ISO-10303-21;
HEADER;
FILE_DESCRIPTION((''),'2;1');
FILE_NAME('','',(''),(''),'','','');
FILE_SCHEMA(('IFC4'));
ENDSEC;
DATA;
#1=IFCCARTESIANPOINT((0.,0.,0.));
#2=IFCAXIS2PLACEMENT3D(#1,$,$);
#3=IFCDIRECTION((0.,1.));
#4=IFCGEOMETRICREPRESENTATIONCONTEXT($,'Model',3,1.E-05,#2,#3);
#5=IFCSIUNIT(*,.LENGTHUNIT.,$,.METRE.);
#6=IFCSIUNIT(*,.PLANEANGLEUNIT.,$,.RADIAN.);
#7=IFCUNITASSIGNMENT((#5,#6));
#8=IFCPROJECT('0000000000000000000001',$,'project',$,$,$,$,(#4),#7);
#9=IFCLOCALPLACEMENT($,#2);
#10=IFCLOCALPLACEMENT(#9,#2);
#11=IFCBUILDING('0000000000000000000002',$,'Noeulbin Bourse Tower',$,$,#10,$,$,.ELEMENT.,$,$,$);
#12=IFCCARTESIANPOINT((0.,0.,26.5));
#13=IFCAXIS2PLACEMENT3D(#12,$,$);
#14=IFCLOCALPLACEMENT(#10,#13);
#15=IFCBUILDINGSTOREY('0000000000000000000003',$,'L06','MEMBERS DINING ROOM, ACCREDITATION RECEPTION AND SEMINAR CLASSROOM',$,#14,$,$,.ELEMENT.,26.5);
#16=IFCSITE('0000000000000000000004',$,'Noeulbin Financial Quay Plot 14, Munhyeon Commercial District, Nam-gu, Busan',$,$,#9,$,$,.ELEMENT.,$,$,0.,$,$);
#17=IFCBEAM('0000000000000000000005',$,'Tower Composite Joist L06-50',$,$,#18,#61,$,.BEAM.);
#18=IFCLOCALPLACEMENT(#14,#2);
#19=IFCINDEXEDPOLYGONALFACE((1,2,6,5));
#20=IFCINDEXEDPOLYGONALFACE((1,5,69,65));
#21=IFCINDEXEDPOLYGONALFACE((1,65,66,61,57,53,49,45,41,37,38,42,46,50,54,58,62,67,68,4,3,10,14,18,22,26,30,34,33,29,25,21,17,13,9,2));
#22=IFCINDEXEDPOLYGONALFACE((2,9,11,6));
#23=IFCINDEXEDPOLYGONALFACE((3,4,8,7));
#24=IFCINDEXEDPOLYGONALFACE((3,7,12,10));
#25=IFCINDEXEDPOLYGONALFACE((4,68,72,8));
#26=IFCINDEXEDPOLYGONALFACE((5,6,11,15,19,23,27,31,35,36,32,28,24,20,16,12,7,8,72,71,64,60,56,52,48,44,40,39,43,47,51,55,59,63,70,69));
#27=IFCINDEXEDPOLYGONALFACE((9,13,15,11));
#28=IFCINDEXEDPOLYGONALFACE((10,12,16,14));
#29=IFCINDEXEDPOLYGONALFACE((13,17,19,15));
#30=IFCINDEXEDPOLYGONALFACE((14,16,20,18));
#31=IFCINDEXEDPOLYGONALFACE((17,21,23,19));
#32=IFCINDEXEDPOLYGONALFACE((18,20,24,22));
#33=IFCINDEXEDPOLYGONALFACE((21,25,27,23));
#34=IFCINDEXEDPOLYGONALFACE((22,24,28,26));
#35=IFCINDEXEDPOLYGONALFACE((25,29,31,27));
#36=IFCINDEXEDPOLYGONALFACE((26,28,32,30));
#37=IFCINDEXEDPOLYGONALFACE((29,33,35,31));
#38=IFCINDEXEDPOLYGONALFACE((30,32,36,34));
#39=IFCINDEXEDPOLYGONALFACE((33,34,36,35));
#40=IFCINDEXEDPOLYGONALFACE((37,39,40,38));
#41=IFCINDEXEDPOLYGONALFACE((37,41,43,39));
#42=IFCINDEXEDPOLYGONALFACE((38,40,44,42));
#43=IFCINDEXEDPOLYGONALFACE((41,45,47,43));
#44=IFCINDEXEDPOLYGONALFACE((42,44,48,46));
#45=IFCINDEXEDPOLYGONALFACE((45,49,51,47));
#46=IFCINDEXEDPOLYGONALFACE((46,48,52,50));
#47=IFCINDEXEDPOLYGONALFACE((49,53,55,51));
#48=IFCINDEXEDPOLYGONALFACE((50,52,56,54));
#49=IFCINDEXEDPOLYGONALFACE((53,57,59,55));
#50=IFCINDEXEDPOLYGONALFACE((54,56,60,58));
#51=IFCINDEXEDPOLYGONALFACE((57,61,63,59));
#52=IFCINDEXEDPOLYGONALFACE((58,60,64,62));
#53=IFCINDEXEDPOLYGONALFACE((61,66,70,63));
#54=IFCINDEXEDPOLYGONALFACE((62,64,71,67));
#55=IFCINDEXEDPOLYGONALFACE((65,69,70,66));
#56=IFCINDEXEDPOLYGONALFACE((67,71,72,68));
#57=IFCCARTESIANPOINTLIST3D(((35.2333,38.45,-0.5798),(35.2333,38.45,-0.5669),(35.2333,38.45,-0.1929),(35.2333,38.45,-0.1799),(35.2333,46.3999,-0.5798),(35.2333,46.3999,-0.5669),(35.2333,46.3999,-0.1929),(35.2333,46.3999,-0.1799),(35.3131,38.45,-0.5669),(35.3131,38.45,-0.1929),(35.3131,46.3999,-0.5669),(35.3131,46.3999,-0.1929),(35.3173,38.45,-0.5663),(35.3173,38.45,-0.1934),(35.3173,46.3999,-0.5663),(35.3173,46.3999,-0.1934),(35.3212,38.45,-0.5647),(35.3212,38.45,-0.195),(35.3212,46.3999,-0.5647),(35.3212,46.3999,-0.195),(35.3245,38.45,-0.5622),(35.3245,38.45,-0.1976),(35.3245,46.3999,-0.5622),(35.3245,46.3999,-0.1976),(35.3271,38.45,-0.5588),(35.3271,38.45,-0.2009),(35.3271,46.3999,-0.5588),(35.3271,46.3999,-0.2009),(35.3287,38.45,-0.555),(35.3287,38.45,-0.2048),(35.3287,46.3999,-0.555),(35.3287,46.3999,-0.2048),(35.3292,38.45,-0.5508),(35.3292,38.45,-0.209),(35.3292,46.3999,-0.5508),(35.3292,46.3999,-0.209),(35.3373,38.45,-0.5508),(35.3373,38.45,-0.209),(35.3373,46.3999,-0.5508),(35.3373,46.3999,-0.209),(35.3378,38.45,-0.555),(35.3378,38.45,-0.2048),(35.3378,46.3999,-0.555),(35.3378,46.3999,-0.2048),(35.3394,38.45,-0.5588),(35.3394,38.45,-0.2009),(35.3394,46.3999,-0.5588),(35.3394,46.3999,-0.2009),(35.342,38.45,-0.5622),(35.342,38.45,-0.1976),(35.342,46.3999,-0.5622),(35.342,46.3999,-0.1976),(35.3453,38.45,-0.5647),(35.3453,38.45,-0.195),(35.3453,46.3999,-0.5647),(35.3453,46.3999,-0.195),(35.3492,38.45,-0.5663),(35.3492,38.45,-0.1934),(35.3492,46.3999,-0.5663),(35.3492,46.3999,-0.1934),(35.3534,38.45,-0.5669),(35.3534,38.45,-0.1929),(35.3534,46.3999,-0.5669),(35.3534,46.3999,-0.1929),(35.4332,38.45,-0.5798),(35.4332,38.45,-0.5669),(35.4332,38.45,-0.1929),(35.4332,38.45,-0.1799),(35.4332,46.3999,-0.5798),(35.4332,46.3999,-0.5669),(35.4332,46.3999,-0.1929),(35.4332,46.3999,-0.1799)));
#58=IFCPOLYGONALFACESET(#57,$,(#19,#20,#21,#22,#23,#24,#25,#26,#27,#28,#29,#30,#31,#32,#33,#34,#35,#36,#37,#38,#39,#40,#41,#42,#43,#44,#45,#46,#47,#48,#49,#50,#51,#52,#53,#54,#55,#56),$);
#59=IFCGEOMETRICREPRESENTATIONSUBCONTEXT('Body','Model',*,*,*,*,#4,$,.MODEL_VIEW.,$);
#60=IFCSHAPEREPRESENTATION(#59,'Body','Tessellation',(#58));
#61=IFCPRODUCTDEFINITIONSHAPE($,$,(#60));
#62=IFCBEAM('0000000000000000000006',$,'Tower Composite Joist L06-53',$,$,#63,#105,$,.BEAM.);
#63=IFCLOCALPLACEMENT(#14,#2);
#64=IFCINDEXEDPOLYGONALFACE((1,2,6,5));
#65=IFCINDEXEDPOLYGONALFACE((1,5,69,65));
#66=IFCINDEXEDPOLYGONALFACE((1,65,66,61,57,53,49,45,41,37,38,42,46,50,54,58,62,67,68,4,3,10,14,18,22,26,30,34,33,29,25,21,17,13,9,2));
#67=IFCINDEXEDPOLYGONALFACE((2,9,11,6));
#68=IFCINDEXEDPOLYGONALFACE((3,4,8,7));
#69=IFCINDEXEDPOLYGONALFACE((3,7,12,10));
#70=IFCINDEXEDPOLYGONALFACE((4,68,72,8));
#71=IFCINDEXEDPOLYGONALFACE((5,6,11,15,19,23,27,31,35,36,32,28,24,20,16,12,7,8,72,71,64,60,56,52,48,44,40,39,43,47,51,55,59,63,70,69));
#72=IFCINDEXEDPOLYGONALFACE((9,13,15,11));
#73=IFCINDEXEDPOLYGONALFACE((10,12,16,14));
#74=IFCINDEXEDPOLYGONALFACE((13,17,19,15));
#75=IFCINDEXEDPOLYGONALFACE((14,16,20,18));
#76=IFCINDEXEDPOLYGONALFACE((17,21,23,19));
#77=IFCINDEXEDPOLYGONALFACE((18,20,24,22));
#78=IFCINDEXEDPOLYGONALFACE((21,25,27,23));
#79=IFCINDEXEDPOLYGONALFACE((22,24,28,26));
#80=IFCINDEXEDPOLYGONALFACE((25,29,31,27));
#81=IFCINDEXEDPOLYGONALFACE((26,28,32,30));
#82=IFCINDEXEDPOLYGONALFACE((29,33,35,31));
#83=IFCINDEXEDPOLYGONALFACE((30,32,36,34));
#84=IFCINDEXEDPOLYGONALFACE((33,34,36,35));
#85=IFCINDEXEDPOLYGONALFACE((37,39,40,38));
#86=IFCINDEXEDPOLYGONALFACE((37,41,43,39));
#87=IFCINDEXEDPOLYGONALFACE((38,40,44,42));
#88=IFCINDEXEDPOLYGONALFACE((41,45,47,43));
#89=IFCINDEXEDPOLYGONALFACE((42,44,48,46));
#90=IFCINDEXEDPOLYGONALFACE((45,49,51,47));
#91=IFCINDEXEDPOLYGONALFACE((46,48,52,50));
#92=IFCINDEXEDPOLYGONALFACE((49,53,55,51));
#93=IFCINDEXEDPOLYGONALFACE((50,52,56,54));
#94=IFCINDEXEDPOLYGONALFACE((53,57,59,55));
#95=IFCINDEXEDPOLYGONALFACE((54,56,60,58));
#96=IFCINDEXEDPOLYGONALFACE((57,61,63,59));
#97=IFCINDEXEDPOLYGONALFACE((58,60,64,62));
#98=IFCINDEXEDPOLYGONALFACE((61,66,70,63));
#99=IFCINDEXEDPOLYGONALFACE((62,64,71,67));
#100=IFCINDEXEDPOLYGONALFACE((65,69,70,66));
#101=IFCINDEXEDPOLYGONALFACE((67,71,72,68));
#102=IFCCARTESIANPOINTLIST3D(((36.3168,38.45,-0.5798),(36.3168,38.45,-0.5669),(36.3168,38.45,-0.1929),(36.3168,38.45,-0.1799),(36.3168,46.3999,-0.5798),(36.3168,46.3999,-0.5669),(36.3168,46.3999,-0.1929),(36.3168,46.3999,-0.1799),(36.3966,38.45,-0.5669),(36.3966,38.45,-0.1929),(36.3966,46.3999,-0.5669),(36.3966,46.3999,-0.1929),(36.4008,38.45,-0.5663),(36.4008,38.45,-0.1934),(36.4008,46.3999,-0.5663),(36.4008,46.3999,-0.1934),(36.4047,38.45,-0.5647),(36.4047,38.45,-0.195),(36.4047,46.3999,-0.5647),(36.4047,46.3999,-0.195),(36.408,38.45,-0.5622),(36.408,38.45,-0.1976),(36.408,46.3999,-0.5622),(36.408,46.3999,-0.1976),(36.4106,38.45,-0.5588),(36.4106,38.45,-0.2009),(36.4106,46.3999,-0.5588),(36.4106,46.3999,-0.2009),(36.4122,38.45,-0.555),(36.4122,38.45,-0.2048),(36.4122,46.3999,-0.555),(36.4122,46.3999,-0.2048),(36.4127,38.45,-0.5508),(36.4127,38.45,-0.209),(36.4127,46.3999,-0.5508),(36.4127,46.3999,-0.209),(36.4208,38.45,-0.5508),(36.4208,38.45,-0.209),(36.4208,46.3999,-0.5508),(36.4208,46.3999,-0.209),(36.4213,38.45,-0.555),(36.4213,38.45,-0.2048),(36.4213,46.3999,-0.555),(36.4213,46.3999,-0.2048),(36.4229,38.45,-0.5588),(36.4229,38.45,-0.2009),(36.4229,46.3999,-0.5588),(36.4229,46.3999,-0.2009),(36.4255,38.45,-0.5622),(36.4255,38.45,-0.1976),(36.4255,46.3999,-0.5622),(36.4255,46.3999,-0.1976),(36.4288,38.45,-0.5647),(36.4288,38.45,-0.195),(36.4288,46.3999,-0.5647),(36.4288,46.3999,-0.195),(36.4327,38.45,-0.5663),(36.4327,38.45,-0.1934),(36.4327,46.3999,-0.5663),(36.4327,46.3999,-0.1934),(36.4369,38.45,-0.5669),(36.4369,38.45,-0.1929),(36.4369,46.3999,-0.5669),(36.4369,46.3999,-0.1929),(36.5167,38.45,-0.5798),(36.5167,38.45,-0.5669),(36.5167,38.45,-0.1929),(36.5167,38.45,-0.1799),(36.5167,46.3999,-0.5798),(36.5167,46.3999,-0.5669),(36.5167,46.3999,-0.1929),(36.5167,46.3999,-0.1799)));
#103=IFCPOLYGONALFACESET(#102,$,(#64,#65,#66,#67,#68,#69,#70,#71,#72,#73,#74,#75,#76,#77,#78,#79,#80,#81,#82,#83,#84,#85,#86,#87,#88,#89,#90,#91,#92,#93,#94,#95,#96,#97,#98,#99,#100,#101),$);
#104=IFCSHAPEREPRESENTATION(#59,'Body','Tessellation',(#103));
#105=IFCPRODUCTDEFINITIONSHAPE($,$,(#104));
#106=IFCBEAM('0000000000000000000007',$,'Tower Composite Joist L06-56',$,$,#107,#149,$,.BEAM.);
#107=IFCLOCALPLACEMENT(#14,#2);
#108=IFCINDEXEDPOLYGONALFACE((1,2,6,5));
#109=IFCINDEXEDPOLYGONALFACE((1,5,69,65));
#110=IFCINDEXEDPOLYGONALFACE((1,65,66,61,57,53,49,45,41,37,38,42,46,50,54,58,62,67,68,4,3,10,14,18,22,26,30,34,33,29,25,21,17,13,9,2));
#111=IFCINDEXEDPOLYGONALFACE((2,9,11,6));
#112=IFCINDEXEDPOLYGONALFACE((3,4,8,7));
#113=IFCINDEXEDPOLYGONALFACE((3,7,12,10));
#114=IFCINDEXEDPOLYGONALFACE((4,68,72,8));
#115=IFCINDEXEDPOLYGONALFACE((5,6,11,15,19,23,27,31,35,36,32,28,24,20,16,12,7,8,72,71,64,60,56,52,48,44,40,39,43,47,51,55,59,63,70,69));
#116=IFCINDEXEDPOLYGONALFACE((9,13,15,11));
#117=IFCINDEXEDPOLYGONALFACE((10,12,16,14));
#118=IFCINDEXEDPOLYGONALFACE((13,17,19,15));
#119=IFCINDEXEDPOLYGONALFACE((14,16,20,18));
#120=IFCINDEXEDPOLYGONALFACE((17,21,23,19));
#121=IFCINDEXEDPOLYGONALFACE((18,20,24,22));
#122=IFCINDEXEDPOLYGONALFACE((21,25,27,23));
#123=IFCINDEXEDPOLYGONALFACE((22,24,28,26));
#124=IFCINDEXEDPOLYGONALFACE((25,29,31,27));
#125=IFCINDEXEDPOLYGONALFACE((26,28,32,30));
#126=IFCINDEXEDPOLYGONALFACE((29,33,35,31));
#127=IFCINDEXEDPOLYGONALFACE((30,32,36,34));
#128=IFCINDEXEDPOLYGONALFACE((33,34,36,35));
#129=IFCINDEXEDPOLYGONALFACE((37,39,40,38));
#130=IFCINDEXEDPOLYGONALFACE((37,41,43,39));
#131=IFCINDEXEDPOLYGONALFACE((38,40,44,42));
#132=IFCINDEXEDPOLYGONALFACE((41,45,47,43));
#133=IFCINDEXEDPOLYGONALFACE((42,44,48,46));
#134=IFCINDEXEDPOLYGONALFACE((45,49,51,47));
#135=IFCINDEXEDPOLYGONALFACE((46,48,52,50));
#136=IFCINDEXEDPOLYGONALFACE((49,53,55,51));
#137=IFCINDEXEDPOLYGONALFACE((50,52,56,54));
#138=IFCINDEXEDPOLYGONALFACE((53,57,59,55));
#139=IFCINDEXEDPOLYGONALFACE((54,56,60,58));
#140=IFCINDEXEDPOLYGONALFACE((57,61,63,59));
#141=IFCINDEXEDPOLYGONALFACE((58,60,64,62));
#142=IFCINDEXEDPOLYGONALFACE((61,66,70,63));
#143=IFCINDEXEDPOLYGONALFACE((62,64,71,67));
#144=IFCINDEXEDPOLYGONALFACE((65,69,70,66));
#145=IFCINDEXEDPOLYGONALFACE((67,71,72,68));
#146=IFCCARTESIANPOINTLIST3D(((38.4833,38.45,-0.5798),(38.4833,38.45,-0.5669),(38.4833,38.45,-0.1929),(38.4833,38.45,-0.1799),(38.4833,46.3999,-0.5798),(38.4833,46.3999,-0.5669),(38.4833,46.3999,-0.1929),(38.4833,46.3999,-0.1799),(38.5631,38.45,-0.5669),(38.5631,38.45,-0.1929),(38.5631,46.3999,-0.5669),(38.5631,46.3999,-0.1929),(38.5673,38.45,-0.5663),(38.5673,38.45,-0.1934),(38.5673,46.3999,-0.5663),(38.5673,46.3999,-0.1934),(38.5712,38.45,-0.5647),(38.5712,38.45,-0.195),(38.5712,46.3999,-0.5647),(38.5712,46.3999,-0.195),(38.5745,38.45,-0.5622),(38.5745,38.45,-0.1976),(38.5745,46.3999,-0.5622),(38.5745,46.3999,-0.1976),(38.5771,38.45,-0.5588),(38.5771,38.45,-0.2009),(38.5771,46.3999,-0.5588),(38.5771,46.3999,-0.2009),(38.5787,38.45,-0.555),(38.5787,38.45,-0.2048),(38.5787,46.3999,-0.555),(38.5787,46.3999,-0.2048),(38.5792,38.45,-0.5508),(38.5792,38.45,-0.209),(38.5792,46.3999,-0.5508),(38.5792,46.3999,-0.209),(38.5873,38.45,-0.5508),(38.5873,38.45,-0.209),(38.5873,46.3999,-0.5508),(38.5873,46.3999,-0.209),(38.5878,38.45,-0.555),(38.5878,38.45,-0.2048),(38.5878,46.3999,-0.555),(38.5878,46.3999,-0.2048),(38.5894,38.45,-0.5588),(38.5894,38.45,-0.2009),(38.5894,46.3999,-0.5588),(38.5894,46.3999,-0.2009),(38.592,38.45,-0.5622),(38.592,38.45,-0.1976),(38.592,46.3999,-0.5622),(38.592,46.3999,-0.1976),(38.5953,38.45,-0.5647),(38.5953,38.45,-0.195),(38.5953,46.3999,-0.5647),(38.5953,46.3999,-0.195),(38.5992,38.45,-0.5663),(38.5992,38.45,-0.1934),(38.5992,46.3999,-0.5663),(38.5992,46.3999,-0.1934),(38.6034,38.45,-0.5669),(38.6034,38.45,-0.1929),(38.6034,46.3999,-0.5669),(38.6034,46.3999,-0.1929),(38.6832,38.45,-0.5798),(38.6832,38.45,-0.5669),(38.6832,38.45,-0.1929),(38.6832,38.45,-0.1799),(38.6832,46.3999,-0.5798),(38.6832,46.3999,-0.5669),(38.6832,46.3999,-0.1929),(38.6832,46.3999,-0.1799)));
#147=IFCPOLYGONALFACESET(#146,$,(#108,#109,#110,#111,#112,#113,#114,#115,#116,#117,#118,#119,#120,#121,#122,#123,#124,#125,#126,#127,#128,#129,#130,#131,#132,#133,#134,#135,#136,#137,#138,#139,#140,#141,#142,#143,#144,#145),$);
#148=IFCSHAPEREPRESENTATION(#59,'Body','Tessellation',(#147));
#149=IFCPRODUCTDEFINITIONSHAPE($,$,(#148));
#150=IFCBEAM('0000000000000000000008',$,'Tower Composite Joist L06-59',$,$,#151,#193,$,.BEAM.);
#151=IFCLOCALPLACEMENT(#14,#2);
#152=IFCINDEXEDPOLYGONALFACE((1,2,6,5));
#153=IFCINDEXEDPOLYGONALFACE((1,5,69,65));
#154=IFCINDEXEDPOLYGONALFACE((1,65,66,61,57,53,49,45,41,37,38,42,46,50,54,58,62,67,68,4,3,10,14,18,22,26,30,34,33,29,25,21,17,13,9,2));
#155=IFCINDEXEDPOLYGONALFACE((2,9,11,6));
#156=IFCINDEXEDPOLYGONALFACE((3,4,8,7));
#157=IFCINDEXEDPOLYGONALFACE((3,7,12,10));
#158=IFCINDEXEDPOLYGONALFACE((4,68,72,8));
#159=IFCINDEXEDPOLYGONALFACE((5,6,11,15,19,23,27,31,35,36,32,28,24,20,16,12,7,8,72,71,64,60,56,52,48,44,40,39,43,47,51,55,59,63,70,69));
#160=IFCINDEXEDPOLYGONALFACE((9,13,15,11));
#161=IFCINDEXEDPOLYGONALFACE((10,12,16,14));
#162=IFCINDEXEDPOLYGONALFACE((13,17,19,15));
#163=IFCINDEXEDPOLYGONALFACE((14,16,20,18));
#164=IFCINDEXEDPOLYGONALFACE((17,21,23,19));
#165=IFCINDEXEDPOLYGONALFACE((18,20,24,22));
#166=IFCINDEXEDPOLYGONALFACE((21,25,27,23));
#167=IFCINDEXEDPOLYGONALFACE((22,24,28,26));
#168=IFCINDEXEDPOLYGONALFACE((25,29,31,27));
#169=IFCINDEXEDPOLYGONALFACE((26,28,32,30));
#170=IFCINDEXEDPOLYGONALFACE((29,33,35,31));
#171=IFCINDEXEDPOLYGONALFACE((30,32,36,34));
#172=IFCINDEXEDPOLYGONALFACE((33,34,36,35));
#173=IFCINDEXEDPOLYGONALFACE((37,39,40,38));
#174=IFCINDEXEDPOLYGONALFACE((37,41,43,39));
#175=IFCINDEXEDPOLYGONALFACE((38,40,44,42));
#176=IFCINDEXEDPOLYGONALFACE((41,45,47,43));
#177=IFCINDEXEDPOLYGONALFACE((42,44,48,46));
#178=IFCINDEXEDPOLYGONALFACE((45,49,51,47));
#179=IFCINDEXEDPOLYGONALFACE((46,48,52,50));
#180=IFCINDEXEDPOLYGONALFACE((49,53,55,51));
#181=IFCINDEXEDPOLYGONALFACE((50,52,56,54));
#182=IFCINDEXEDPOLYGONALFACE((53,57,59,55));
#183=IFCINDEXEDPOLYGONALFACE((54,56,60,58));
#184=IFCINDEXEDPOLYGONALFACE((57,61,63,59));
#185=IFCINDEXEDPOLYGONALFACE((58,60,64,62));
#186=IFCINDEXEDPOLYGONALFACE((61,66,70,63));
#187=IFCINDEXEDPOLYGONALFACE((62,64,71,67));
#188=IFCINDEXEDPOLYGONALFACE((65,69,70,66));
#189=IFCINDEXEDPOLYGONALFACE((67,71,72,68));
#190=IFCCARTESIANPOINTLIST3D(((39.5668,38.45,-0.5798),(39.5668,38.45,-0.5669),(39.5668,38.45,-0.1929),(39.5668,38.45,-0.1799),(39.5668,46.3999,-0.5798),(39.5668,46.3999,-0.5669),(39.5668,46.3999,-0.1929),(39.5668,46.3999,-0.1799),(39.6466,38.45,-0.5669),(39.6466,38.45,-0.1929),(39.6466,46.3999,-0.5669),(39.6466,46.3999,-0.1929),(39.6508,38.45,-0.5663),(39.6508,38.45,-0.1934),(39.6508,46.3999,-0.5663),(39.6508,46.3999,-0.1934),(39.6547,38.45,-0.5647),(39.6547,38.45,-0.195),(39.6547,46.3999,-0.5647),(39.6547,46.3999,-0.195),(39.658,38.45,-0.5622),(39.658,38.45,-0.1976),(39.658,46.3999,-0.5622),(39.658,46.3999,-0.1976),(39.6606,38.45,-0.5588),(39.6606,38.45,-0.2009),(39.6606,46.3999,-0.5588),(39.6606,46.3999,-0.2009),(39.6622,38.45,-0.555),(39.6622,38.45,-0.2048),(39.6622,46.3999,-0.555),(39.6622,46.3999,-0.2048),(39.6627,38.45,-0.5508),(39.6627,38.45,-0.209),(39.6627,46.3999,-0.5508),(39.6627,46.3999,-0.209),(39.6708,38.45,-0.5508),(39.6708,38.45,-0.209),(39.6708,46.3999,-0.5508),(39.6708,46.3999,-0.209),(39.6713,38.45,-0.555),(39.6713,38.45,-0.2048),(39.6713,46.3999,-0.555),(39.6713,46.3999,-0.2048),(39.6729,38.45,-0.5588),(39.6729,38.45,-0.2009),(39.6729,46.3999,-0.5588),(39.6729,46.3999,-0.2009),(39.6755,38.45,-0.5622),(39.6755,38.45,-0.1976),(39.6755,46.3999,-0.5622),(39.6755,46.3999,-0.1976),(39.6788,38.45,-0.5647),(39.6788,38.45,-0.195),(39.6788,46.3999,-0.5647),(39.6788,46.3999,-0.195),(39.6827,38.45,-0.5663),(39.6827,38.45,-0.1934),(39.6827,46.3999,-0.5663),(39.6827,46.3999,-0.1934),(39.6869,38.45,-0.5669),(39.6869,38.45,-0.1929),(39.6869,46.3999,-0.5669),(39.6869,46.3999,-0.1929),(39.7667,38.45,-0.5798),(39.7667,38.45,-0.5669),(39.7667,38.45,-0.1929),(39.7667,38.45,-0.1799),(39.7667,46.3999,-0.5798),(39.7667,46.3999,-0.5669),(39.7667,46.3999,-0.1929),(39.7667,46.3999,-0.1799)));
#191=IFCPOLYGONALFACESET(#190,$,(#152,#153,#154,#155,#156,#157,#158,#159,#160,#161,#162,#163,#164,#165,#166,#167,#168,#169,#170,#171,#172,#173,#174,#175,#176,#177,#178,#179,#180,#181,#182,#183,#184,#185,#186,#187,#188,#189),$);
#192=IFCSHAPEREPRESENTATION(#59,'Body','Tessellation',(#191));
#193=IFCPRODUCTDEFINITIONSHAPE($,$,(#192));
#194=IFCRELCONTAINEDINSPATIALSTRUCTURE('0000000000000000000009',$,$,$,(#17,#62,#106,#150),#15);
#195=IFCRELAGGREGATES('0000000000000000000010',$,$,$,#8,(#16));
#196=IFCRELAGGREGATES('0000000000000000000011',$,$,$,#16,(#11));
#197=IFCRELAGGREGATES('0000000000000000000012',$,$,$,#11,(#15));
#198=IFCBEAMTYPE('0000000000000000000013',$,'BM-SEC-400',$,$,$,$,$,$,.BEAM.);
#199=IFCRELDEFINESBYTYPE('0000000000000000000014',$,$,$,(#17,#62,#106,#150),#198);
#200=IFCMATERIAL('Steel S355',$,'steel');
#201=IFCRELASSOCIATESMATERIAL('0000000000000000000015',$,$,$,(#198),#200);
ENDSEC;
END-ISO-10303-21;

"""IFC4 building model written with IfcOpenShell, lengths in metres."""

from ifc_helpers import new_model, si_unit, direction, frame, origin, origin_2d, place, context, subcontext, project, spatial, i_section, extrude, material, material_profile, profile_set, type_object, element, save


model = new_model("IFC4")

# Units and contexts
model_context = context("Model", 3, precision=1e-05, world=origin(), true_north=direction((0.0, 1.0)))
body_context = subcontext(model_context, "Body", "Model", "MODEL_VIEW")
ifc_project = project(units=[si_unit("LENGTHUNIT", "METRE"), si_unit("PLANEANGLEUNIT", "RADIAN")], contexts=[model_context])

# Site, building, storey
site_placement = place(None, origin())
site = spatial("IfcSite", under=ifc_project, at=site_placement, Name="Noeulbin Financial Quay Plot 14, Munhyeon Commercial District, Nam-gu, Busan", CompositionType="ELEMENT", RefElevation=0.0)
building_placement = place(site_placement, origin())
building = spatial("IfcBuilding", under=site, at=building_placement, Name="Noeulbin Bourse Tower", CompositionType="ELEMENT")
storey_placement = place(building_placement, frame((0.0, 0.0, 26.5)))
storey = spatial("IfcBuildingStorey", under=building, at=storey_placement, Name="L06", Description="MEMBERS DINING ROOM, ACCREDITATION RECEPTION AND SEMINAR CLASSROOM", CompositionType="ELEMENT", Elevation=26.5)

# Beams
ifc_material_1 = material(Name="Steel S355", Category="steel")
ifc_material_profile_1 = material_profile(ifc_material_1, i_section(OverallWidth=0.2, OverallDepth=0.3999, WebThickness=0.0081, FlangeThickness=0.0129, FilletRadius=0.0161, at=origin_2d()), Name="H-400x200x8x13", Category="LoadBearing")
ifc_profile_set_1 = profile_set([ifc_material_profile_1], Name="Steel S355")
beam_type_1 = type_object("IfcBeamType", Name="BM-SEC-400", PredefinedType="BEAM", material=ifc_profile_set_1)
for number, where, z_axis, x_axis, name in (
    (1, (35.3333, 38.45, -0.3799), (0.0, 1.0, 0.0), (-1.0, 0.0, 0.0), "Tower Composite Joist L06-50"),
    (2, (36.4167, 38.45, -0.3799), (0.0, 1.0, 0.0), (-1.0, 0.0, 0.0), "Tower Composite Joist L06-53"),
    (3, (38.5833, 38.45, -0.3799), (0.0, 1.0, 0.0), (-1.0, 0.0, 0.0), "Tower Composite Joist L06-56"),
    (4, (39.6667, 38.45, -0.3799), (0.0, 1.0, 0.0), (-1.0, 0.0, 0.0), "Tower Composite Joist L06-59"),
):
    element("IfcBeam", number, at=place(storey_placement, frame(where, z_axis=z_axis, x_axis=x_axis)), inside=storey, type_object=beam_type_1, Name=name, PredefinedType="BEAM", context=body_context, shape_type="SweptSolid", body=[
        extrude(i_section(OverallWidth=0.2, OverallDepth=0.3999, WebThickness=0.0081, FlangeThickness=0.0129, FilletRadius=0.0161, at=origin_2d()), origin(), (0.0, 0.0, 1.0), 7.95),
    ])

save(model, "model.ifc")
